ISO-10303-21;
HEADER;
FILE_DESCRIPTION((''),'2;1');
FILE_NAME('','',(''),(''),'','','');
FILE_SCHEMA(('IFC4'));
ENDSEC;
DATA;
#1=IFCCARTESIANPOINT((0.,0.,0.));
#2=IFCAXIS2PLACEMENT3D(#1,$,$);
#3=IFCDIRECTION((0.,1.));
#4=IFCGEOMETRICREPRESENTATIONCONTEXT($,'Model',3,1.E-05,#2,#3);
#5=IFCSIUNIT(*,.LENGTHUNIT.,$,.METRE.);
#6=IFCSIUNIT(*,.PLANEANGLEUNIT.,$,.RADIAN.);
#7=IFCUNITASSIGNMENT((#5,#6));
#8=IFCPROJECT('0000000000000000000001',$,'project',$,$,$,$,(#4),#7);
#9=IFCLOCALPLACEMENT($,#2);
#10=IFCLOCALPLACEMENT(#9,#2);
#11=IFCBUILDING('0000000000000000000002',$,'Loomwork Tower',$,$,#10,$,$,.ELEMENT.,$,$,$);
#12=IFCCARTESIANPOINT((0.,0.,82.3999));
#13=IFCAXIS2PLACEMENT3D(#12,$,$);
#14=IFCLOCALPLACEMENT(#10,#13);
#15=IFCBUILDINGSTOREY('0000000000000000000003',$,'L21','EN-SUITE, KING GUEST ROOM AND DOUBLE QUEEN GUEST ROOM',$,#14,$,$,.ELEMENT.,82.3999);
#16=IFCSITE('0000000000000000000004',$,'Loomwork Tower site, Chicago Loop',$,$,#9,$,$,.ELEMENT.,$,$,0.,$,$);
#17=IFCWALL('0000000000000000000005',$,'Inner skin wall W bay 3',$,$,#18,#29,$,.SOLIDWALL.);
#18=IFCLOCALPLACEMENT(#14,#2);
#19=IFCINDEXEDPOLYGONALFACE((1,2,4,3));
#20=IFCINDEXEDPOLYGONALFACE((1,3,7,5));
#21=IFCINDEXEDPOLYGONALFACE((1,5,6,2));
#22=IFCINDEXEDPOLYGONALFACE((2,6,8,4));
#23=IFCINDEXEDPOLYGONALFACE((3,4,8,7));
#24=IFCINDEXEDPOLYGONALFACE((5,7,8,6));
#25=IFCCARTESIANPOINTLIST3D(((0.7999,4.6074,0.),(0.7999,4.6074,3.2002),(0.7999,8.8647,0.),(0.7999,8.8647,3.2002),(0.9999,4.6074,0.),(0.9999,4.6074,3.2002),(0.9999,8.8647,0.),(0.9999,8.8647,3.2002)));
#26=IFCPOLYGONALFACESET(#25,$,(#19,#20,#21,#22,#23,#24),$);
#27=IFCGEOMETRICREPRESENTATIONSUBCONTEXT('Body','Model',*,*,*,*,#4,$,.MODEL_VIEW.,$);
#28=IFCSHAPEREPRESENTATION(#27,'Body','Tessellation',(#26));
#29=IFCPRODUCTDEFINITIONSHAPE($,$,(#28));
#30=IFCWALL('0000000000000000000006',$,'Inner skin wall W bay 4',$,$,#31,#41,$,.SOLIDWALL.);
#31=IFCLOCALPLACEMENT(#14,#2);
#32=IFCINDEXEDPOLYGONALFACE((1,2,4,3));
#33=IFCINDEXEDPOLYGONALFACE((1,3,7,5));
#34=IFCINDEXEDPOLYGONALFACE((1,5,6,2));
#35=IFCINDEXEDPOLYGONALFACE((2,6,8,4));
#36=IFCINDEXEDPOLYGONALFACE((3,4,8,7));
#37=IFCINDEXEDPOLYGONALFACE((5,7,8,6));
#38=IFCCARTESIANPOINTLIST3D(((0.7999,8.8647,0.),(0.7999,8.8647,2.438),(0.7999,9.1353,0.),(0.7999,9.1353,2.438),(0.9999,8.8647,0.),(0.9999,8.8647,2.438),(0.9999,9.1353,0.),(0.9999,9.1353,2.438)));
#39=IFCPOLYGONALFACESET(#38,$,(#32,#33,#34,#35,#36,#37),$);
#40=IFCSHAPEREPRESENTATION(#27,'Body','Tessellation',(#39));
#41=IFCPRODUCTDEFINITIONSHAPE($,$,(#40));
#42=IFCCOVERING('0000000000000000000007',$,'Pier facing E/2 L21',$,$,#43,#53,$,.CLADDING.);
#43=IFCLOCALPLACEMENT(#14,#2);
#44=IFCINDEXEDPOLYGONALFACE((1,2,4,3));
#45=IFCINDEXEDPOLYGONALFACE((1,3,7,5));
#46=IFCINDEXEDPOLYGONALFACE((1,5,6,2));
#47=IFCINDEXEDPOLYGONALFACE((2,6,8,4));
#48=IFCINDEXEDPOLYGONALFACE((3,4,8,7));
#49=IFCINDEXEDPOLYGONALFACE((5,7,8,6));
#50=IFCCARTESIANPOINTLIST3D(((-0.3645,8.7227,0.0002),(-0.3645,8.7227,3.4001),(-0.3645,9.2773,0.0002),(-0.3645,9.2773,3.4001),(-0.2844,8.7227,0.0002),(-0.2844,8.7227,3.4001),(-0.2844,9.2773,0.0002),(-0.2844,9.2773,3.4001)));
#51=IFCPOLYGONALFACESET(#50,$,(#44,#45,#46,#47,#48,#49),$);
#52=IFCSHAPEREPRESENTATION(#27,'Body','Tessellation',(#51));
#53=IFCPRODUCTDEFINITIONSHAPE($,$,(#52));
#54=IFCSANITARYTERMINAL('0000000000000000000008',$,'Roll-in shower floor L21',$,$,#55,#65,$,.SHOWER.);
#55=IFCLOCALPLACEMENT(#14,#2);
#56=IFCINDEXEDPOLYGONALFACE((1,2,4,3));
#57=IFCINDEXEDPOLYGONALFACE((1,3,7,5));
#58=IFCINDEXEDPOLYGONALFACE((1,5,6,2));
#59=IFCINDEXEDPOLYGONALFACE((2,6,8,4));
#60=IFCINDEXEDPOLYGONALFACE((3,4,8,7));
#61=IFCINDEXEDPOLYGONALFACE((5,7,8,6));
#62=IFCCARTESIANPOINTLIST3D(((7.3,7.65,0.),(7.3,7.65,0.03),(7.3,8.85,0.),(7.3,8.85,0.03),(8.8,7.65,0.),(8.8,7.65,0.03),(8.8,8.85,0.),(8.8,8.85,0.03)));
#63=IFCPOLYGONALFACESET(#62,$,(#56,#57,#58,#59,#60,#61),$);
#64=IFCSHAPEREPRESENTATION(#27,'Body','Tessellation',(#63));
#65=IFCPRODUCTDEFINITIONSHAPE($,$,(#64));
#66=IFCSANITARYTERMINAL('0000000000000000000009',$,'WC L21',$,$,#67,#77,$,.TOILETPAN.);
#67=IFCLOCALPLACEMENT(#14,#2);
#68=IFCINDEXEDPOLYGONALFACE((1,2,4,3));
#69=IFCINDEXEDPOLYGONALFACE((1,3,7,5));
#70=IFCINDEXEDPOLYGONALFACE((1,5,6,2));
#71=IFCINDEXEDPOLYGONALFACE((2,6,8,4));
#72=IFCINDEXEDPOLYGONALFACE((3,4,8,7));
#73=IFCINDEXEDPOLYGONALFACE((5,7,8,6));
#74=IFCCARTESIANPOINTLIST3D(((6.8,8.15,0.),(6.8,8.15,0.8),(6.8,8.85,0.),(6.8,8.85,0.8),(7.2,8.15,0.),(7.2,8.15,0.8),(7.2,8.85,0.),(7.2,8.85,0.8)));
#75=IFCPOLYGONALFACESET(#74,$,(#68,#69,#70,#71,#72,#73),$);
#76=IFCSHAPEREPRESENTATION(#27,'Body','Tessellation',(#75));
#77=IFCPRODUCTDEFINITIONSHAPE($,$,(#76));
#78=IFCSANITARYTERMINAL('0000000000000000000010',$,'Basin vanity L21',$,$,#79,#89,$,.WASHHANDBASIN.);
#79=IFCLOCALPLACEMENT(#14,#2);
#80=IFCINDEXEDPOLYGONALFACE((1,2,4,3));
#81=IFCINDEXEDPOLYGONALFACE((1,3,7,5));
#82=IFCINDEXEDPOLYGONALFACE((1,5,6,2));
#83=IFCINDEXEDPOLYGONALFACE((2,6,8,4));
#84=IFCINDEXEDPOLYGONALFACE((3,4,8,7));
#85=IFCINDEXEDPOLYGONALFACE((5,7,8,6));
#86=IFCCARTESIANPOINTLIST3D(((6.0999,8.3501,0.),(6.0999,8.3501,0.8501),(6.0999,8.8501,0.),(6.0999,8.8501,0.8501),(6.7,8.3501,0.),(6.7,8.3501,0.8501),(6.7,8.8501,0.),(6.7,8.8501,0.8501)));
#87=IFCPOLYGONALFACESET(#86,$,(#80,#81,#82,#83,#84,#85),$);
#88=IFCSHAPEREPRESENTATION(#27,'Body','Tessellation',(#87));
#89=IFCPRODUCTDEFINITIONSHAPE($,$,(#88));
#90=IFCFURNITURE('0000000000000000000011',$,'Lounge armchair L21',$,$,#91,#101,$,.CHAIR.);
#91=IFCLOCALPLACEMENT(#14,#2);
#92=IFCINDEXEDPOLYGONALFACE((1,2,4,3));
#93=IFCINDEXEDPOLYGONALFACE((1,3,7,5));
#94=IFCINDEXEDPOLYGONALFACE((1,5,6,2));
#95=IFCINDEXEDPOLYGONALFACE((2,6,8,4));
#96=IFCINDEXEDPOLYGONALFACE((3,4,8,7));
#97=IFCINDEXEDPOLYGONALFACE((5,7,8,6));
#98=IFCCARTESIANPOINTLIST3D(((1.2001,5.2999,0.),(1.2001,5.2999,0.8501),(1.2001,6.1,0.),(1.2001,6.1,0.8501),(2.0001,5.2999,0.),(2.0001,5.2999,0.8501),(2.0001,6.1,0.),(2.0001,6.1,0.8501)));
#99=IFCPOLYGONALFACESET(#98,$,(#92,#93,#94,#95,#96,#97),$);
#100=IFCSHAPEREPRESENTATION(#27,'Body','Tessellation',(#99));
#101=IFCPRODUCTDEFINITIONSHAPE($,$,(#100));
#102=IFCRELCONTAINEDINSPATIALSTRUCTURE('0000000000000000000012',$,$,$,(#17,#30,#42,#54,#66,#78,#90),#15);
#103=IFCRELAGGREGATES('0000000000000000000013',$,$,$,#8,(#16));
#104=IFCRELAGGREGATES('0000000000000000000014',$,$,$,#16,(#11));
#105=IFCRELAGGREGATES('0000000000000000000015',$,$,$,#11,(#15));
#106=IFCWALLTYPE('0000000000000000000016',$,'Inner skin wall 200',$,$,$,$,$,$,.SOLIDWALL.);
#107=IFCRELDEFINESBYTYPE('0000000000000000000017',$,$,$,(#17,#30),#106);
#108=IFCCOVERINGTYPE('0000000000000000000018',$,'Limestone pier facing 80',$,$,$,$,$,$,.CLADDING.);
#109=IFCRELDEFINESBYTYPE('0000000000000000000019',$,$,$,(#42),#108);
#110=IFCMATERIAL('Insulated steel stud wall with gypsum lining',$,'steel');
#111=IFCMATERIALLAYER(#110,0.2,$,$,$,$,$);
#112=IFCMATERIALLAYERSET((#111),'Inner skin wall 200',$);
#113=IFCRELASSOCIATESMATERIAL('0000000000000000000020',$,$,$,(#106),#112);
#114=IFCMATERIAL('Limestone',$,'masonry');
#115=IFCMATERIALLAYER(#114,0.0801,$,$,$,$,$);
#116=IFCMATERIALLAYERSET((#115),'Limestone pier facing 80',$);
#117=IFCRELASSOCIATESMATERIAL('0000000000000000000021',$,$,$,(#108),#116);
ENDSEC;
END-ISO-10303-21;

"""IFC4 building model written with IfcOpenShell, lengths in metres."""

from ifc_helpers import new_model, si_unit, direction, frame, frame_2d, origin, origin_2d, place, context, subcontext, project, spatial, rectangle, extrude, material, layer, layer_set, type_object, element, save


model = new_model("IFC4")

# Units and contexts
model_context = context("Model", 3, precision=1e-05, world=origin(), true_north=direction((0.0, 1.0)))
body_context = subcontext(model_context, "Body", "Model", "MODEL_VIEW")
ifc_project = project(units=[si_unit("LENGTHUNIT", "METRE"), si_unit("PLANEANGLEUNIT", "RADIAN")], contexts=[model_context])

# Site, building, storey
site_placement = place(None, origin())
site = spatial("IfcSite", under=ifc_project, at=site_placement, Name="Loomwork Tower site, Chicago Loop", CompositionType="ELEMENT", RefElevation=0.0)
building_placement = place(site_placement, origin())
building = spatial("IfcBuilding", under=site, at=building_placement, Name="Loomwork Tower", CompositionType="ELEMENT")
storey_placement = place(building_placement, frame((0.0, 0.0, 82.3999)))
storey = spatial("IfcBuildingStorey", under=building, at=storey_placement, Name="L21", Description="EN-SUITE, KING GUEST ROOM AND DOUBLE QUEEN GUEST ROOM", CompositionType="ELEMENT", Elevation=82.3999)

# Walls
ifc_material_1 = material(Name="Insulated steel stud wall with gypsum lining", Category="steel")
ifc_layer_1 = layer(ifc_material_1, 0.2)
ifc_layer_set_1 = layer_set([ifc_layer_1], Name="Inner skin wall 200")
wall_type_1 = type_object("IfcWallType", Name="Inner skin wall 200", PredefinedType="SOLIDWALL", material=ifc_layer_set_1)
wall_1_placement = place(storey_placement, frame((0.8999, 4.6074, 0.0), z_axis=(0.0, 0.0, 1.0), x_axis=(0.0, 1.0, 0.0)))
element("IfcWall", 1, at=wall_1_placement, inside=storey, type_object=wall_type_1, Name="Inner skin wall W bay 3", PredefinedType="SOLIDWALL", context=body_context, shape_type="SweptSolid", body=[
    extrude(rectangle(XDim=4.2573, YDim=0.2, at=frame_2d((2.1287, 0.0))), origin(), (0.0, 0.0, 1.0), 3.2002),
])
wall_2_placement = place(storey_placement, frame((0.8999, 8.8647, 0.0), z_axis=(0.0, 0.0, 1.0), x_axis=(0.0, 1.0, 0.0)))
element("IfcWall", 2, at=wall_2_placement, inside=storey, type_object=wall_type_1, Name="Inner skin wall W bay 4", PredefinedType="SOLIDWALL", context=body_context, shape_type="SweptSolid", body=[
    extrude(rectangle(XDim=0.2705, YDim=0.2, at=frame_2d((0.1353, 0.0))), origin(), (0.0, 0.0, 1.0), 2.438),
])

# Covering
ifc_material_2 = material(Name="Limestone", Category="masonry")
ifc_layer_2 = layer(ifc_material_2, 0.0801)
ifc_layer_set_2 = layer_set([ifc_layer_2], Name="Limestone pier facing 80")
covering_type = type_object("IfcCoveringType", Name="Limestone pier facing 80", PredefinedType="CLADDING", material=ifc_layer_set_2)
covering_placement = place(storey_placement, frame((-0.3245, 9.0, 0.0002), z_axis=(0.0, 0.0, 1.0), x_axis=(1.0, 0.0, 0.0)))
element("IfcCovering", 3, at=covering_placement, inside=storey, type_object=covering_type, Name="Pier facing E/2 L21", PredefinedType="CLADDING", context=body_context, shape_type="SweptSolid", body=[
    extrude(rectangle(XDim=0.0801, YDim=0.5547, at=origin_2d()), origin(), (0.0, 0.0, 1.0), 3.3999),
])

# Sanitary terminals
sanitary_terminal_1_placement = place(storey_placement, frame((8.05, 8.25, 0.0), z_axis=(0.0, 0.0, 1.0), x_axis=(1.0, 0.0, 0.0)))
element("IfcSanitaryTerminal", 4, at=sanitary_terminal_1_placement, inside=storey, Name="Roll-in shower floor L21", PredefinedType="SHOWER", context=body_context, shape_type="SweptSolid", body=[
    extrude(rectangle(XDim=1.5, YDim=1.2, at=origin_2d()), origin(), (0.0, 0.0, 1.0), 0.03),
])
sanitary_terminal_2_placement = place(storey_placement, frame((7.0, 8.5, 0.0), z_axis=(0.0, 0.0, 1.0), x_axis=(1.0, 0.0, 0.0)))
element("IfcSanitaryTerminal", 5, at=sanitary_terminal_2_placement, inside=storey, Name="WC L21", PredefinedType="TOILETPAN", context=body_context, shape_type="SweptSolid", body=[
    extrude(rectangle(XDim=0.3999, YDim=0.7, at=origin_2d()), origin(), (0.0, 0.0, 1.0), 0.8),
])
sanitary_terminal_3_placement = place(storey_placement, frame((6.3999, 8.6001, 0.0), z_axis=(0.0, 0.0, 1.0), x_axis=(1.0, 0.0, 0.0)))
element("IfcSanitaryTerminal", 6, at=sanitary_terminal_3_placement, inside=storey, Name="Basin vanity L21", PredefinedType="WASHHANDBASIN", context=body_context, shape_type="SweptSolid", body=[
    extrude(rectangle(XDim=0.6001, YDim=0.5, at=origin_2d()), origin(), (0.0, 0.0, 1.0), 0.8501),
])

# Furniture
furniture_placement = place(storey_placement, frame((1.6001, 5.7, 0.0), z_axis=(0.0, 0.0, 1.0), x_axis=(1.0, 0.0, 0.0)))
element("IfcFurniture", 7, at=furniture_placement, inside=storey, Name="Lounge armchair L21", PredefinedType="CHAIR", context=body_context, shape_type="SweptSolid", body=[
    extrude(rectangle(XDim=0.8, YDim=0.8, at=origin_2d()), origin(), (0.0, 0.0, 1.0), 0.8501),
])

save(model, "model.ifc")
